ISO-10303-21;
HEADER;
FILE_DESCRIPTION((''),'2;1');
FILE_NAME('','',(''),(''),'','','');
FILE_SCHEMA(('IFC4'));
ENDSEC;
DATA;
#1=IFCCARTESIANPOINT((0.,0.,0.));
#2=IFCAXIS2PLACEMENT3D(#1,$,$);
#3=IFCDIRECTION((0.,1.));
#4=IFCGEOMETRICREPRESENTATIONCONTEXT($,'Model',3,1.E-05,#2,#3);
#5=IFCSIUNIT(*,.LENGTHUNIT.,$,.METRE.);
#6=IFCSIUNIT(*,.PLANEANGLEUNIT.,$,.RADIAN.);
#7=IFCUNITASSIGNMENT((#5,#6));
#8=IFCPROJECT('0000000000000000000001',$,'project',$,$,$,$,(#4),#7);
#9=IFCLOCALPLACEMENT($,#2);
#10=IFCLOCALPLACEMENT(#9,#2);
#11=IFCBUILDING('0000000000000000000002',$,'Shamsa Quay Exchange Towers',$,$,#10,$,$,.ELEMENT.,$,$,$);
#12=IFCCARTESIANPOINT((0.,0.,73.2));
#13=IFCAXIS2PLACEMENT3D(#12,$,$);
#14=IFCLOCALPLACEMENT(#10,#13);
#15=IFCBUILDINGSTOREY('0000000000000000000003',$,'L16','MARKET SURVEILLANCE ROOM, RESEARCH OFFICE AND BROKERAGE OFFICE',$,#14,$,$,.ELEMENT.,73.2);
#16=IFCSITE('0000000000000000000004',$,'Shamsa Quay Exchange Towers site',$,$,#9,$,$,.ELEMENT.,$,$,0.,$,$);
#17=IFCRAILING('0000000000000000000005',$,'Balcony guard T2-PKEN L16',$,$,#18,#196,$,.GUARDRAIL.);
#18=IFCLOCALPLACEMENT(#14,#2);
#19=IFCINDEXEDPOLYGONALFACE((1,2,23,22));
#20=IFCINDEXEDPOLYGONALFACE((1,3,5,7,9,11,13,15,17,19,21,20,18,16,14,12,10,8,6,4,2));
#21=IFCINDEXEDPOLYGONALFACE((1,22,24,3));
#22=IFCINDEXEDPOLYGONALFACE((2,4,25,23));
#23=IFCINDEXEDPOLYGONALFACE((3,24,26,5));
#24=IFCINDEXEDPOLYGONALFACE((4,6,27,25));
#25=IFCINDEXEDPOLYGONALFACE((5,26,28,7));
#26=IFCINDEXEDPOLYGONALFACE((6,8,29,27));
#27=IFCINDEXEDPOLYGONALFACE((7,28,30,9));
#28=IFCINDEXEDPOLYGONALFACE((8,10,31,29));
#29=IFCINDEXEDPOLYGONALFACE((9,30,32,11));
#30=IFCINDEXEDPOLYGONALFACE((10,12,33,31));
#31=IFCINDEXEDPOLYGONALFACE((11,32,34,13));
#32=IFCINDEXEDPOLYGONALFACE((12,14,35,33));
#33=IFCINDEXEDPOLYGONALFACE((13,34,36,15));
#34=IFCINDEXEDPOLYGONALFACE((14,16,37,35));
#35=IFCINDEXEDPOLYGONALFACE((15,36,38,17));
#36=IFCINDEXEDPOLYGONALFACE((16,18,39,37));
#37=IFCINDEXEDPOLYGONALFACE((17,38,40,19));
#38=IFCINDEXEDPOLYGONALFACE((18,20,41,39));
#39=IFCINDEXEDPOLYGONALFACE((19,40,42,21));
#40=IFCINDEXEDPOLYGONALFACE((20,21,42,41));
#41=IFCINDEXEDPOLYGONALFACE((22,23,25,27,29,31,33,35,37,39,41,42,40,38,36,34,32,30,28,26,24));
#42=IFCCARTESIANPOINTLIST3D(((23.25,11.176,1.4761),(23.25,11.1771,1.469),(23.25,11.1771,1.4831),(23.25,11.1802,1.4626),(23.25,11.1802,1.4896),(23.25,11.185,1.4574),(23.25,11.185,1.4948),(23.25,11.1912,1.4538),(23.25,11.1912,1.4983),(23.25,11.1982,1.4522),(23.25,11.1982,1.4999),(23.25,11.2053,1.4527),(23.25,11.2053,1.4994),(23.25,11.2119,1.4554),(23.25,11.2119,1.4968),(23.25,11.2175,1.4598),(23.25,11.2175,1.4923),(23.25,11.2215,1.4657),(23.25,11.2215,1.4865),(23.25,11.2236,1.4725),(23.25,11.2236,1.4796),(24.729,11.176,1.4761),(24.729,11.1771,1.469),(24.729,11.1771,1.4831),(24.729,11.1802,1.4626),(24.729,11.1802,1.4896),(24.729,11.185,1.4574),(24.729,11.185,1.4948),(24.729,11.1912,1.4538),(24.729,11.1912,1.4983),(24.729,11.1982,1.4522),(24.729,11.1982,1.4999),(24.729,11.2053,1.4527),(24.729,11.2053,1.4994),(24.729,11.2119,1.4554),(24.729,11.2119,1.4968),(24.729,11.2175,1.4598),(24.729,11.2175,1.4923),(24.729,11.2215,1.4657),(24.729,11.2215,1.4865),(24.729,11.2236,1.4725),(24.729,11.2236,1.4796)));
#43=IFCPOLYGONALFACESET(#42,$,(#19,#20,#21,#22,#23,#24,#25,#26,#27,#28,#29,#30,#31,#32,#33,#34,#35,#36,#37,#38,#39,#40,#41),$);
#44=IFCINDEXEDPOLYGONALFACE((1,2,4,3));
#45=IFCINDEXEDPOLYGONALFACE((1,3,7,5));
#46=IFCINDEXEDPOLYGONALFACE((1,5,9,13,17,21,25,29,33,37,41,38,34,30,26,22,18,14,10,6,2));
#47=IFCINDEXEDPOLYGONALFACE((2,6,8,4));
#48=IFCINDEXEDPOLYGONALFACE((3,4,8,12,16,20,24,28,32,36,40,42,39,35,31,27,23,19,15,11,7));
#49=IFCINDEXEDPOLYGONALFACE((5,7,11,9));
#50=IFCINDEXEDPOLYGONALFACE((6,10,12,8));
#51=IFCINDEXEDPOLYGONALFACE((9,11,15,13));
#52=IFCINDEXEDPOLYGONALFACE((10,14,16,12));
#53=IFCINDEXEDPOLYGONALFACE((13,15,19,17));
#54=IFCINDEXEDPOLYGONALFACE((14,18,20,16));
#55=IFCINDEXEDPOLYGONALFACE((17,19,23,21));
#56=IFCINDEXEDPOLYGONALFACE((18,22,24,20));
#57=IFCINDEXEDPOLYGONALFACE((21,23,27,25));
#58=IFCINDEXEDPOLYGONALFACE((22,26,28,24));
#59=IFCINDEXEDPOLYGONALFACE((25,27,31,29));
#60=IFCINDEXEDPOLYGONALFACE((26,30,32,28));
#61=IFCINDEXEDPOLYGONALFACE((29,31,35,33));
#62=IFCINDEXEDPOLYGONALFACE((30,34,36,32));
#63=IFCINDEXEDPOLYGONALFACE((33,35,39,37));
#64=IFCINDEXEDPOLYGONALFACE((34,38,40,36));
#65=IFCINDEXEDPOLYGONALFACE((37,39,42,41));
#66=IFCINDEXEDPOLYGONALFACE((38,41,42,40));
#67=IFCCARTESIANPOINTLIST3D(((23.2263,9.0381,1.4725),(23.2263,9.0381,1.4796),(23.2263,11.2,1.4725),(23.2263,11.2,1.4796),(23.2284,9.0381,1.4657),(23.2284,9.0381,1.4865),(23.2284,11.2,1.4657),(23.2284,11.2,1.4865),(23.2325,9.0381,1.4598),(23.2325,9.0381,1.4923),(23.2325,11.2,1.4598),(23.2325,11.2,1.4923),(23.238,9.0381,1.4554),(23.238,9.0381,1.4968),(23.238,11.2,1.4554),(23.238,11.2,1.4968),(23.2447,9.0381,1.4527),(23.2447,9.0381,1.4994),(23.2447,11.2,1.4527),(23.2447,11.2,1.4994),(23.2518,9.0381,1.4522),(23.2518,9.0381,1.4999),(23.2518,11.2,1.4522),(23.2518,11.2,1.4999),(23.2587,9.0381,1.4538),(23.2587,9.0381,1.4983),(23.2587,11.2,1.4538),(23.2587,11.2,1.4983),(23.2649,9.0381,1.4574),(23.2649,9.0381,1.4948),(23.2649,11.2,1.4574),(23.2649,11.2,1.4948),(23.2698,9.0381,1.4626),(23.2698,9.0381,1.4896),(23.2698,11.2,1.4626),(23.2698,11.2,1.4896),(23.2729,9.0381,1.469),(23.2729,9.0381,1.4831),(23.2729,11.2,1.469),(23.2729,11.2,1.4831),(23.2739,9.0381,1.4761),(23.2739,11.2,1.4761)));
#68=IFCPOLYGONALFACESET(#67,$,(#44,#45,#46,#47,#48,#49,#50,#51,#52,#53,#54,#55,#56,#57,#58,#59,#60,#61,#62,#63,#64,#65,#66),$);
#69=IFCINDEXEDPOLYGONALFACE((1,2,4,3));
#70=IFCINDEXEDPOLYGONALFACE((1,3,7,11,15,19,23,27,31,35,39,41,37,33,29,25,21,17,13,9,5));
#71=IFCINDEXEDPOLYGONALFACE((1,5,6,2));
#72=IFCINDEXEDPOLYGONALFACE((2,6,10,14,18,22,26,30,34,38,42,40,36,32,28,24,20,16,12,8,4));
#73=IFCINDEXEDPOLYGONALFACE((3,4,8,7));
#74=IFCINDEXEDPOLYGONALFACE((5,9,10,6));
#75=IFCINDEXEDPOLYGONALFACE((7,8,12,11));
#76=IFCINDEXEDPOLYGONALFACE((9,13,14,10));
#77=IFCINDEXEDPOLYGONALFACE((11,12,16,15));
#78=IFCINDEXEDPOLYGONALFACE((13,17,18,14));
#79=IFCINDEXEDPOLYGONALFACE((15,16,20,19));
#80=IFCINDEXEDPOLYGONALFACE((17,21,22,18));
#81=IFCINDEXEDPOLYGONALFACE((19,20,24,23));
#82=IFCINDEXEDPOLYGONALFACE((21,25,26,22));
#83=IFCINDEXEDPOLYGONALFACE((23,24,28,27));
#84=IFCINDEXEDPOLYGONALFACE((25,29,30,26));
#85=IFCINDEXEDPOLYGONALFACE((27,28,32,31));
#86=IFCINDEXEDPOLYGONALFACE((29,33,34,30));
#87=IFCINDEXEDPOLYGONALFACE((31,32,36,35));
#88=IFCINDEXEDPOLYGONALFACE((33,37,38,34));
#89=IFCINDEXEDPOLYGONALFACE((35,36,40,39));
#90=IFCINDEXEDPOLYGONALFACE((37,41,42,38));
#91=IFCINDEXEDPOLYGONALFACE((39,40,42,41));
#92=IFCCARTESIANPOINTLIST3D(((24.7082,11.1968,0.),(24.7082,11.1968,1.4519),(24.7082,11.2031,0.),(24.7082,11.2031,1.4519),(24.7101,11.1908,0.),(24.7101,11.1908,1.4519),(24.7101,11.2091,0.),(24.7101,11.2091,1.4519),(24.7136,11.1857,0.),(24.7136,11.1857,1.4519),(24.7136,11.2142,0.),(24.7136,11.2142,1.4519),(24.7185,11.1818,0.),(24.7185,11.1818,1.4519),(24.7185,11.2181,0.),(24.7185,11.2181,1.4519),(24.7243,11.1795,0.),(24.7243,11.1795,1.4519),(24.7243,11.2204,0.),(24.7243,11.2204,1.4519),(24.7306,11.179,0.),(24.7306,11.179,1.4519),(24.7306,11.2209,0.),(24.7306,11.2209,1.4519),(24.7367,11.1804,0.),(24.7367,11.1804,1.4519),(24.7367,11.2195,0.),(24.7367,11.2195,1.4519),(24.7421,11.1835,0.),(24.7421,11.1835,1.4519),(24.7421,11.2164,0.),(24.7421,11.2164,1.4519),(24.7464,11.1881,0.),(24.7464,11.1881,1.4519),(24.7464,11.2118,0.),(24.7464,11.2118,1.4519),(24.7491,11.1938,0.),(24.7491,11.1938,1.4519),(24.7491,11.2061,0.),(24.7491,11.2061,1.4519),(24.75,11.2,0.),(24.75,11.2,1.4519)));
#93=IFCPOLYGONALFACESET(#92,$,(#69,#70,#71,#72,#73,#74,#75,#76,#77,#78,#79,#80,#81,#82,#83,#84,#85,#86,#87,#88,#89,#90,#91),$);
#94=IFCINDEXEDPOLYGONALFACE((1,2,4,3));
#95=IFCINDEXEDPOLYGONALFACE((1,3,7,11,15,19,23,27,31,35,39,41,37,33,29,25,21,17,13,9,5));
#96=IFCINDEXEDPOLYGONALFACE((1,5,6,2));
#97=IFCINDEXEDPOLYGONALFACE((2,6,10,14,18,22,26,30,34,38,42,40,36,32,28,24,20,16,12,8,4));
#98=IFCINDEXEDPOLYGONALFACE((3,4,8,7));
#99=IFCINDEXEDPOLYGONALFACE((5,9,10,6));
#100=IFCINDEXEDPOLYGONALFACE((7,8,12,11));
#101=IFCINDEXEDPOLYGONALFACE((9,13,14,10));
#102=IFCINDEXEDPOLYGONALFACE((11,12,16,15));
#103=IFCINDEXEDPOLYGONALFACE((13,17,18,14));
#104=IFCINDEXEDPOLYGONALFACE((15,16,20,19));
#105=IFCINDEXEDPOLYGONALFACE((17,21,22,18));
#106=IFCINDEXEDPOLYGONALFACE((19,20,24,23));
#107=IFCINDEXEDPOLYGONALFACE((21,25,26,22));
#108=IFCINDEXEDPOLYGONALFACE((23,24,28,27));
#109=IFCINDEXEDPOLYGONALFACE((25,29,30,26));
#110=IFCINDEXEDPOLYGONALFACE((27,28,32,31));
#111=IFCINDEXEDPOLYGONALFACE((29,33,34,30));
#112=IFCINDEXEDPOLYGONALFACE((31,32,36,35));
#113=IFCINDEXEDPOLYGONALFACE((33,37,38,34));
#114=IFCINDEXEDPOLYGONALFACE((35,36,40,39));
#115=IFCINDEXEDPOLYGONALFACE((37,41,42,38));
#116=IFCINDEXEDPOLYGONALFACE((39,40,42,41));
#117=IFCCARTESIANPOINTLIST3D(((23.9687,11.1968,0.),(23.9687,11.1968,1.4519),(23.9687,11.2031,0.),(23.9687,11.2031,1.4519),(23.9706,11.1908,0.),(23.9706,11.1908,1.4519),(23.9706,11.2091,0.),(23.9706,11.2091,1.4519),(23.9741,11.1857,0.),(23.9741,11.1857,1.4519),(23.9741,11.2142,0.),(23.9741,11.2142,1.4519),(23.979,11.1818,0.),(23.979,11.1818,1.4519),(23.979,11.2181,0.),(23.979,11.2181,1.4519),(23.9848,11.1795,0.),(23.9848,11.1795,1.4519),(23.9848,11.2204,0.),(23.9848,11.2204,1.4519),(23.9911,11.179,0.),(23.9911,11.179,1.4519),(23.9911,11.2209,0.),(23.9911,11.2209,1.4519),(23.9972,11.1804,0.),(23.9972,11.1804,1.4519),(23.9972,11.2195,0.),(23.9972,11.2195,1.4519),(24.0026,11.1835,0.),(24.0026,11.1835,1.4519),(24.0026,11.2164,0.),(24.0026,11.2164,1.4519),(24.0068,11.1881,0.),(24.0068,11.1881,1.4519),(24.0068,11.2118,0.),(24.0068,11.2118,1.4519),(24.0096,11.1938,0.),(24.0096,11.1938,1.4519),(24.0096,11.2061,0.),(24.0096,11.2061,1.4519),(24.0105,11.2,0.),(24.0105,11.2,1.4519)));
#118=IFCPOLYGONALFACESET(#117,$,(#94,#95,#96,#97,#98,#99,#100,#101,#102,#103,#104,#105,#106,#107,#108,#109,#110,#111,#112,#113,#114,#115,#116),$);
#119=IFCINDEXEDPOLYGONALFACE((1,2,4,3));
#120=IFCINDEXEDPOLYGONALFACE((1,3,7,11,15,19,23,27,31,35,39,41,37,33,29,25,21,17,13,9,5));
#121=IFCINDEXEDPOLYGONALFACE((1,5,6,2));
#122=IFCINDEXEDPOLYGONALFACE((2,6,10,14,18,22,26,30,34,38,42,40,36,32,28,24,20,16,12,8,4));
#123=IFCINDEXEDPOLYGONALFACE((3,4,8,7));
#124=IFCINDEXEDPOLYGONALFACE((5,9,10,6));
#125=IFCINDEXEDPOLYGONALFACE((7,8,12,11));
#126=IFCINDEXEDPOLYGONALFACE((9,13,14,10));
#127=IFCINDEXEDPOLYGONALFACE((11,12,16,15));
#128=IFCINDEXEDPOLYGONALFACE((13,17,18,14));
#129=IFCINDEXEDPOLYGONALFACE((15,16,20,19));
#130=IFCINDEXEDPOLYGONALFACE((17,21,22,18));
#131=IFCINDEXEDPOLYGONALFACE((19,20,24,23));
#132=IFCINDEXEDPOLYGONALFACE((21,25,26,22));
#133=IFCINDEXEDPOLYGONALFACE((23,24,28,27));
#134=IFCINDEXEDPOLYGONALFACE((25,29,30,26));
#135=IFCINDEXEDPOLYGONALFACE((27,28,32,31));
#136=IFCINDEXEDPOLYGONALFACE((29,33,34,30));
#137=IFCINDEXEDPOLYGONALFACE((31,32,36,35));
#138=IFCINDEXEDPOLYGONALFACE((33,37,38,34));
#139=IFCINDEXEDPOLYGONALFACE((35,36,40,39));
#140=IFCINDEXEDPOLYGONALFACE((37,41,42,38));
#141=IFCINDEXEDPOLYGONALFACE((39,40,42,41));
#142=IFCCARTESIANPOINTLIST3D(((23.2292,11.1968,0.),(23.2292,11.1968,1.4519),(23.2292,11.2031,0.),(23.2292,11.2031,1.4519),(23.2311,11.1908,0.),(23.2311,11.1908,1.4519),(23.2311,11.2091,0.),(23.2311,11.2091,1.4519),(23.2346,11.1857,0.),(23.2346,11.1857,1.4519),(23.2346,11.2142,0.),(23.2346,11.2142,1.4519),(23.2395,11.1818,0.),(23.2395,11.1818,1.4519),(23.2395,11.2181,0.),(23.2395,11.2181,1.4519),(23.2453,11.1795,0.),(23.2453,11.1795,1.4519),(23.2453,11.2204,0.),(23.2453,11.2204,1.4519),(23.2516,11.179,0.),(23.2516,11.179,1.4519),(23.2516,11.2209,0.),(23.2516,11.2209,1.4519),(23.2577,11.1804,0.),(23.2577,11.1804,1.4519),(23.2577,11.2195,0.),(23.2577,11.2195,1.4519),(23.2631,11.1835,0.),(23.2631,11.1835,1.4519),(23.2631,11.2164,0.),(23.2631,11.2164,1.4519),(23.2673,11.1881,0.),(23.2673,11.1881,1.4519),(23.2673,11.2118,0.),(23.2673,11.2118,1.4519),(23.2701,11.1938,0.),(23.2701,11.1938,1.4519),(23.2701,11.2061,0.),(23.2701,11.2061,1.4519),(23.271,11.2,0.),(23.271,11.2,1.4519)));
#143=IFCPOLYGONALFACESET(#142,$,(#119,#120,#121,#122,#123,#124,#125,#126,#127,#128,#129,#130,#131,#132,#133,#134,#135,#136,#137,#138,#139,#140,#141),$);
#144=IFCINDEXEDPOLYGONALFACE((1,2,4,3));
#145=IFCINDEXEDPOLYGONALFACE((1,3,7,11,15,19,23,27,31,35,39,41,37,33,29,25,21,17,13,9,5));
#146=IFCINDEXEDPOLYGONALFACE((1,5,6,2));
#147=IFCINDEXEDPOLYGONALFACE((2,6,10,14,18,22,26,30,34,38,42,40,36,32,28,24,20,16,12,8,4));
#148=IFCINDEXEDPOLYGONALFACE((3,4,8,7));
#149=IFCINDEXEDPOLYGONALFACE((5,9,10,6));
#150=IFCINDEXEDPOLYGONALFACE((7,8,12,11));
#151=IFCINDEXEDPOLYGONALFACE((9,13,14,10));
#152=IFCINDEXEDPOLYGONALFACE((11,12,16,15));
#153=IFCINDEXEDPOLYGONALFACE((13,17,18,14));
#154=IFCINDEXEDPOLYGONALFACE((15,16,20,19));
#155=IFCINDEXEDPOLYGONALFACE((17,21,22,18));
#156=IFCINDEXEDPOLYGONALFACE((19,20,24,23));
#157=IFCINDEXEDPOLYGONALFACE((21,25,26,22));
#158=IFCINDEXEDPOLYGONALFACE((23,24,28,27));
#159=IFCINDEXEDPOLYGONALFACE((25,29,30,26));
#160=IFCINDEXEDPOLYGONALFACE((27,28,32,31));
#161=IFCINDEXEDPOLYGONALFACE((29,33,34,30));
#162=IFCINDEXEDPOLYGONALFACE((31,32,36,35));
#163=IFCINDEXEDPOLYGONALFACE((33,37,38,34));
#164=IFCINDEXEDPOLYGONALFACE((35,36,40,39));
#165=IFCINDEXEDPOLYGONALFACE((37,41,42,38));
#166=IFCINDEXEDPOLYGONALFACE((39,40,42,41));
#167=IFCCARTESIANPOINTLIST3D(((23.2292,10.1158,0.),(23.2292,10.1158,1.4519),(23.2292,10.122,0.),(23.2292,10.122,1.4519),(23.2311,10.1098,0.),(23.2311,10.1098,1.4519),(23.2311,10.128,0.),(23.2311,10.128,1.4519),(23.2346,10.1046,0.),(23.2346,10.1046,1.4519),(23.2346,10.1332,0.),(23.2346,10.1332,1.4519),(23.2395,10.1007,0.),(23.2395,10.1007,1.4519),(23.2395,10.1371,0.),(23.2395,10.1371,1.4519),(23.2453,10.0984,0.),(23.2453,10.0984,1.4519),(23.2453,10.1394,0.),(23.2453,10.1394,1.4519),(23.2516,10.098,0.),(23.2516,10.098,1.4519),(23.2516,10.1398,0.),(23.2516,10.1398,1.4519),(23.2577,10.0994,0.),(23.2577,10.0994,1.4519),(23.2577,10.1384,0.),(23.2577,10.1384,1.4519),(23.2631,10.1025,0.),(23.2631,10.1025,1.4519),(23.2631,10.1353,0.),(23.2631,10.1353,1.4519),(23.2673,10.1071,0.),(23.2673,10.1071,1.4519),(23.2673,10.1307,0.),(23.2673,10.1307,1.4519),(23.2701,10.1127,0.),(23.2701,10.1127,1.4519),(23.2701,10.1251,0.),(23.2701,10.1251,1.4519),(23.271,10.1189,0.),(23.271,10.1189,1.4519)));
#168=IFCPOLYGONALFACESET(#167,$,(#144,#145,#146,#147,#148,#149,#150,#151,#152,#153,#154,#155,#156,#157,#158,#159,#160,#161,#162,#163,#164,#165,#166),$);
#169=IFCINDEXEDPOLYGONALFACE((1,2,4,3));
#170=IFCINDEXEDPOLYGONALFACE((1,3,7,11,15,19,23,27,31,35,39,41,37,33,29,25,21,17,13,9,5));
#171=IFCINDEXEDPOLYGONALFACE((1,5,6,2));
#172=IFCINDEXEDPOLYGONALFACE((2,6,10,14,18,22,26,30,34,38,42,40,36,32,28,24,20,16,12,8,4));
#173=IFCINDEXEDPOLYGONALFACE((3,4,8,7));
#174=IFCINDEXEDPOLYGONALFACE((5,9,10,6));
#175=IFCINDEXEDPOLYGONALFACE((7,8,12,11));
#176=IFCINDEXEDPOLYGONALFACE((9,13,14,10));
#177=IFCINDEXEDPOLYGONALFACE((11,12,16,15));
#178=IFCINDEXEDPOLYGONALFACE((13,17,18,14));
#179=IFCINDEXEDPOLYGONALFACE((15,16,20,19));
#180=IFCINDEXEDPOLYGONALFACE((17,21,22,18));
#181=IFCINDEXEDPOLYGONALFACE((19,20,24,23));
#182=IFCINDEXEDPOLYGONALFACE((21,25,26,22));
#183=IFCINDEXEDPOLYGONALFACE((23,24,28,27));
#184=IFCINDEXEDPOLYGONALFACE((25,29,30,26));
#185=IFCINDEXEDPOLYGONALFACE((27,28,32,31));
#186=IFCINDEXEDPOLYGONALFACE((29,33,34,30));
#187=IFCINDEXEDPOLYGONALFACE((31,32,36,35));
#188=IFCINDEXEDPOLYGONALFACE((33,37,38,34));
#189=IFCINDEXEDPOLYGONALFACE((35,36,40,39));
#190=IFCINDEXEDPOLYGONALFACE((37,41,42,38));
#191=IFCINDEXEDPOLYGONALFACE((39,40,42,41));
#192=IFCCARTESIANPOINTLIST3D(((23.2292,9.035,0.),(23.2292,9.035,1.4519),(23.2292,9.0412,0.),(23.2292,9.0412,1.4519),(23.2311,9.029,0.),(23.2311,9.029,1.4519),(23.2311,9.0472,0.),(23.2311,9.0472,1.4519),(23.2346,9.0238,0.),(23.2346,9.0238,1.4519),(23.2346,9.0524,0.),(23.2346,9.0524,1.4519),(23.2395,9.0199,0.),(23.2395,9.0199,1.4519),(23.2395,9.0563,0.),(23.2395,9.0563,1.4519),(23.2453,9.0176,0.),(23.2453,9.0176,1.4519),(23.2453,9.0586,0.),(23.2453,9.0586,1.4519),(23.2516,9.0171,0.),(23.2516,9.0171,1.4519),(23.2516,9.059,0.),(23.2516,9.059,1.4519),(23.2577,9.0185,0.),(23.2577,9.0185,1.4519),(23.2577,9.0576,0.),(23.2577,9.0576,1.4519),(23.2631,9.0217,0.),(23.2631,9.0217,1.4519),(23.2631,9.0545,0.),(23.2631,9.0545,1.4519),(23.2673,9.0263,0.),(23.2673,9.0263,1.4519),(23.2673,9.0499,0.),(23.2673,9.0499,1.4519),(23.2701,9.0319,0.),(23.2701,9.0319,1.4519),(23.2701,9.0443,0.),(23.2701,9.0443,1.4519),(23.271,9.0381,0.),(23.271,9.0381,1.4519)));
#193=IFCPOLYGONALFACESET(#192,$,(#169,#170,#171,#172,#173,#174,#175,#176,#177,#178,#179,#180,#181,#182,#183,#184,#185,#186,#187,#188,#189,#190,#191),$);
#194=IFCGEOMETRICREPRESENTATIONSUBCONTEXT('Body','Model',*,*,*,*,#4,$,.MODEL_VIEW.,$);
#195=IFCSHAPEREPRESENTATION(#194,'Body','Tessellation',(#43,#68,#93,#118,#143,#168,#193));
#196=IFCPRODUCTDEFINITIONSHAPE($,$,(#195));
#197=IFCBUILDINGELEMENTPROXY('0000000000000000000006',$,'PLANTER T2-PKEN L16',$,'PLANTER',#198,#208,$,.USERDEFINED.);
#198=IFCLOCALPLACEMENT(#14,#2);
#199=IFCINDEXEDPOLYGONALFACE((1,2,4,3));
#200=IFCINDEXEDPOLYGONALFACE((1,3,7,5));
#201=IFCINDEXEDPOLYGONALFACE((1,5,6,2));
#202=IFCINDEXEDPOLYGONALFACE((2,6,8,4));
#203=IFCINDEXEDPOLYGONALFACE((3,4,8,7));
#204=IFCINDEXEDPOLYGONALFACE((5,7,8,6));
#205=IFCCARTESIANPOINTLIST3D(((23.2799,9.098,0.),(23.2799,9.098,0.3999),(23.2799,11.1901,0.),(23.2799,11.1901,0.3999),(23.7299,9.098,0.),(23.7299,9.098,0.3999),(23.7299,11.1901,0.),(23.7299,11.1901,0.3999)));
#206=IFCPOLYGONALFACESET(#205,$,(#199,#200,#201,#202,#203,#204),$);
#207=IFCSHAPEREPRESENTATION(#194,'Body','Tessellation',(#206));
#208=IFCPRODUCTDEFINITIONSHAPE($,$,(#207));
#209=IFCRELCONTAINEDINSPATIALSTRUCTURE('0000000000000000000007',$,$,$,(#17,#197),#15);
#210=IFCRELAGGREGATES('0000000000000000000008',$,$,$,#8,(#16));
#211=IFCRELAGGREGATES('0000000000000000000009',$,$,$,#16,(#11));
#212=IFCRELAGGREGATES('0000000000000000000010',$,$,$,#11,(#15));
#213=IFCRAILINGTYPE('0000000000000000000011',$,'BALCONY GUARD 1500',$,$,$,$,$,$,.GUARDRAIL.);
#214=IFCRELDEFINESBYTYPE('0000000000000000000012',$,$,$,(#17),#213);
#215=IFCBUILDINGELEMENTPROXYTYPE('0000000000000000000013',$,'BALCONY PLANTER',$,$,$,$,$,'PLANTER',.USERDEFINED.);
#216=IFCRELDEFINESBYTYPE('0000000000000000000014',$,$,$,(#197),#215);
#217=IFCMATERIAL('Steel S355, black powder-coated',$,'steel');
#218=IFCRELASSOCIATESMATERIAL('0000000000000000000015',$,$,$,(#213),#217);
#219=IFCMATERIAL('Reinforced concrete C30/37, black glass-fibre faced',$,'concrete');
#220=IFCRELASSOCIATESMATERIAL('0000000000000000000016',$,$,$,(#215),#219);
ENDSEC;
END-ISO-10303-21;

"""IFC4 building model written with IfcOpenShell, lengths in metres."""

from ifc_helpers import new_model, si_unit, direction, frame, origin, origin_2d, place, context, subcontext, project, spatial, rectangle, circle, extrude, material, type_object, element, save


model = new_model("IFC4")

# Units and contexts
model_context = context("Model", 3, precision=1e-05, world=origin(), true_north=direction((0.0, 1.0)))
body_context = subcontext(model_context, "Body", "Model", "MODEL_VIEW")
ifc_project = project(units=[si_unit("LENGTHUNIT", "METRE"), si_unit("PLANEANGLEUNIT", "RADIAN")], contexts=[model_context])

# Site, building, storey
site_placement = place(None, origin())
site = spatial("IfcSite", under=ifc_project, at=site_placement, Name="Shamsa Quay Exchange Towers site", CompositionType="ELEMENT", RefElevation=0.0)
building_placement = place(site_placement, origin())
building = spatial("IfcBuilding", under=site, at=building_placement, Name="Shamsa Quay Exchange Towers", CompositionType="ELEMENT")
storey_placement = place(building_placement, frame((0.0, 0.0, 73.2)))
storey = spatial("IfcBuildingStorey", under=building, at=storey_placement, Name="L16", Description="MARKET SURVEILLANCE ROOM, RESEARCH OFFICE AND BROKERAGE OFFICE", CompositionType="ELEMENT", Elevation=73.2)

# Railing
ifc_material_1 = material(Name="Steel S355, black powder-coated", Category="steel")
railing_type = type_object("IfcRailingType", Name="BALCONY GUARD 1500", PredefinedType="GUARDRAIL", material=ifc_material_1)
railing_placement = place(storey_placement, frame((24.729, 11.2, 0.0)))
element("IfcRailing", 1, at=railing_placement, inside=storey, type_object=railing_type, Name="Balcony guard T2-PKEN L16", PredefinedType="GUARDRAIL", context=body_context, shape_type="SweptSolid", body=[
    extrude(circle(Radius=0.0239, at=origin_2d()), frame((0.0, 0.0, 1.4761), z_axis=(-1.0, 0.0, 0.0), x_axis=(0.0, -1.0, 0.0)), (0.0, 0.0, 1.0), 1.479),
    extrude(circle(Radius=0.0239, at=origin_2d()), frame((-1.479, 0.0, 1.4761), z_axis=(0.0, -1.0, 0.0), x_axis=(1.0, 0.0, 0.0)), (0.0, 0.0, 1.0), 2.1619),
    extrude(circle(Radius=0.021, at=origin_2d()), origin(), (0.0, 0.0, 1.0), 1.4519),
    extrude(circle(Radius=0.021, at=origin_2d()), frame((-0.7395, 0.0, 0.0)), (0.0, 0.0, 1.0), 1.4519),
    extrude(circle(Radius=0.021, at=origin_2d()), frame((-1.479, 0.0, 0.0)), (0.0, 0.0, 1.0), 1.4519),
    extrude(circle(Radius=0.021, at=origin_2d()), frame((-1.479, -1.0811, 0.0)), (0.0, 0.0, 1.0), 1.4519),
    extrude(circle(Radius=0.021, at=origin_2d()), frame((-1.479, -2.1619, 0.0)), (0.0, 0.0, 1.0), 1.4519),
])

# Building element proxy
ifc_material_2 = material(Name="Reinforced concrete C30/37, black glass-fibre faced", Category="concrete")
building_element_proxy_type = type_object("IfcBuildingElementProxyType", Name="BALCONY PLANTER", ElementType="PLANTER", PredefinedType="USERDEFINED", material=ifc_material_2)
proxy_placement = place(storey_placement, frame((23.5049, 10.144, 0.0), z_axis=(0.0, 0.0, 1.0), x_axis=(0.0, -1.0, 0.0)))
element("IfcBuildingElementProxy", 2, at=proxy_placement, inside=storey, type_object=building_element_proxy_type, Name="PLANTER T2-PKEN L16", ObjectType="PLANTER", PredefinedType="USERDEFINED", context=body_context, shape_type="SweptSolid", body=[
    extrude(rectangle(XDim=2.092, YDim=0.45, at=origin_2d()), origin(), (0.0, 0.0, 1.0), 0.3999),
])

save(model, "model.ifc")
